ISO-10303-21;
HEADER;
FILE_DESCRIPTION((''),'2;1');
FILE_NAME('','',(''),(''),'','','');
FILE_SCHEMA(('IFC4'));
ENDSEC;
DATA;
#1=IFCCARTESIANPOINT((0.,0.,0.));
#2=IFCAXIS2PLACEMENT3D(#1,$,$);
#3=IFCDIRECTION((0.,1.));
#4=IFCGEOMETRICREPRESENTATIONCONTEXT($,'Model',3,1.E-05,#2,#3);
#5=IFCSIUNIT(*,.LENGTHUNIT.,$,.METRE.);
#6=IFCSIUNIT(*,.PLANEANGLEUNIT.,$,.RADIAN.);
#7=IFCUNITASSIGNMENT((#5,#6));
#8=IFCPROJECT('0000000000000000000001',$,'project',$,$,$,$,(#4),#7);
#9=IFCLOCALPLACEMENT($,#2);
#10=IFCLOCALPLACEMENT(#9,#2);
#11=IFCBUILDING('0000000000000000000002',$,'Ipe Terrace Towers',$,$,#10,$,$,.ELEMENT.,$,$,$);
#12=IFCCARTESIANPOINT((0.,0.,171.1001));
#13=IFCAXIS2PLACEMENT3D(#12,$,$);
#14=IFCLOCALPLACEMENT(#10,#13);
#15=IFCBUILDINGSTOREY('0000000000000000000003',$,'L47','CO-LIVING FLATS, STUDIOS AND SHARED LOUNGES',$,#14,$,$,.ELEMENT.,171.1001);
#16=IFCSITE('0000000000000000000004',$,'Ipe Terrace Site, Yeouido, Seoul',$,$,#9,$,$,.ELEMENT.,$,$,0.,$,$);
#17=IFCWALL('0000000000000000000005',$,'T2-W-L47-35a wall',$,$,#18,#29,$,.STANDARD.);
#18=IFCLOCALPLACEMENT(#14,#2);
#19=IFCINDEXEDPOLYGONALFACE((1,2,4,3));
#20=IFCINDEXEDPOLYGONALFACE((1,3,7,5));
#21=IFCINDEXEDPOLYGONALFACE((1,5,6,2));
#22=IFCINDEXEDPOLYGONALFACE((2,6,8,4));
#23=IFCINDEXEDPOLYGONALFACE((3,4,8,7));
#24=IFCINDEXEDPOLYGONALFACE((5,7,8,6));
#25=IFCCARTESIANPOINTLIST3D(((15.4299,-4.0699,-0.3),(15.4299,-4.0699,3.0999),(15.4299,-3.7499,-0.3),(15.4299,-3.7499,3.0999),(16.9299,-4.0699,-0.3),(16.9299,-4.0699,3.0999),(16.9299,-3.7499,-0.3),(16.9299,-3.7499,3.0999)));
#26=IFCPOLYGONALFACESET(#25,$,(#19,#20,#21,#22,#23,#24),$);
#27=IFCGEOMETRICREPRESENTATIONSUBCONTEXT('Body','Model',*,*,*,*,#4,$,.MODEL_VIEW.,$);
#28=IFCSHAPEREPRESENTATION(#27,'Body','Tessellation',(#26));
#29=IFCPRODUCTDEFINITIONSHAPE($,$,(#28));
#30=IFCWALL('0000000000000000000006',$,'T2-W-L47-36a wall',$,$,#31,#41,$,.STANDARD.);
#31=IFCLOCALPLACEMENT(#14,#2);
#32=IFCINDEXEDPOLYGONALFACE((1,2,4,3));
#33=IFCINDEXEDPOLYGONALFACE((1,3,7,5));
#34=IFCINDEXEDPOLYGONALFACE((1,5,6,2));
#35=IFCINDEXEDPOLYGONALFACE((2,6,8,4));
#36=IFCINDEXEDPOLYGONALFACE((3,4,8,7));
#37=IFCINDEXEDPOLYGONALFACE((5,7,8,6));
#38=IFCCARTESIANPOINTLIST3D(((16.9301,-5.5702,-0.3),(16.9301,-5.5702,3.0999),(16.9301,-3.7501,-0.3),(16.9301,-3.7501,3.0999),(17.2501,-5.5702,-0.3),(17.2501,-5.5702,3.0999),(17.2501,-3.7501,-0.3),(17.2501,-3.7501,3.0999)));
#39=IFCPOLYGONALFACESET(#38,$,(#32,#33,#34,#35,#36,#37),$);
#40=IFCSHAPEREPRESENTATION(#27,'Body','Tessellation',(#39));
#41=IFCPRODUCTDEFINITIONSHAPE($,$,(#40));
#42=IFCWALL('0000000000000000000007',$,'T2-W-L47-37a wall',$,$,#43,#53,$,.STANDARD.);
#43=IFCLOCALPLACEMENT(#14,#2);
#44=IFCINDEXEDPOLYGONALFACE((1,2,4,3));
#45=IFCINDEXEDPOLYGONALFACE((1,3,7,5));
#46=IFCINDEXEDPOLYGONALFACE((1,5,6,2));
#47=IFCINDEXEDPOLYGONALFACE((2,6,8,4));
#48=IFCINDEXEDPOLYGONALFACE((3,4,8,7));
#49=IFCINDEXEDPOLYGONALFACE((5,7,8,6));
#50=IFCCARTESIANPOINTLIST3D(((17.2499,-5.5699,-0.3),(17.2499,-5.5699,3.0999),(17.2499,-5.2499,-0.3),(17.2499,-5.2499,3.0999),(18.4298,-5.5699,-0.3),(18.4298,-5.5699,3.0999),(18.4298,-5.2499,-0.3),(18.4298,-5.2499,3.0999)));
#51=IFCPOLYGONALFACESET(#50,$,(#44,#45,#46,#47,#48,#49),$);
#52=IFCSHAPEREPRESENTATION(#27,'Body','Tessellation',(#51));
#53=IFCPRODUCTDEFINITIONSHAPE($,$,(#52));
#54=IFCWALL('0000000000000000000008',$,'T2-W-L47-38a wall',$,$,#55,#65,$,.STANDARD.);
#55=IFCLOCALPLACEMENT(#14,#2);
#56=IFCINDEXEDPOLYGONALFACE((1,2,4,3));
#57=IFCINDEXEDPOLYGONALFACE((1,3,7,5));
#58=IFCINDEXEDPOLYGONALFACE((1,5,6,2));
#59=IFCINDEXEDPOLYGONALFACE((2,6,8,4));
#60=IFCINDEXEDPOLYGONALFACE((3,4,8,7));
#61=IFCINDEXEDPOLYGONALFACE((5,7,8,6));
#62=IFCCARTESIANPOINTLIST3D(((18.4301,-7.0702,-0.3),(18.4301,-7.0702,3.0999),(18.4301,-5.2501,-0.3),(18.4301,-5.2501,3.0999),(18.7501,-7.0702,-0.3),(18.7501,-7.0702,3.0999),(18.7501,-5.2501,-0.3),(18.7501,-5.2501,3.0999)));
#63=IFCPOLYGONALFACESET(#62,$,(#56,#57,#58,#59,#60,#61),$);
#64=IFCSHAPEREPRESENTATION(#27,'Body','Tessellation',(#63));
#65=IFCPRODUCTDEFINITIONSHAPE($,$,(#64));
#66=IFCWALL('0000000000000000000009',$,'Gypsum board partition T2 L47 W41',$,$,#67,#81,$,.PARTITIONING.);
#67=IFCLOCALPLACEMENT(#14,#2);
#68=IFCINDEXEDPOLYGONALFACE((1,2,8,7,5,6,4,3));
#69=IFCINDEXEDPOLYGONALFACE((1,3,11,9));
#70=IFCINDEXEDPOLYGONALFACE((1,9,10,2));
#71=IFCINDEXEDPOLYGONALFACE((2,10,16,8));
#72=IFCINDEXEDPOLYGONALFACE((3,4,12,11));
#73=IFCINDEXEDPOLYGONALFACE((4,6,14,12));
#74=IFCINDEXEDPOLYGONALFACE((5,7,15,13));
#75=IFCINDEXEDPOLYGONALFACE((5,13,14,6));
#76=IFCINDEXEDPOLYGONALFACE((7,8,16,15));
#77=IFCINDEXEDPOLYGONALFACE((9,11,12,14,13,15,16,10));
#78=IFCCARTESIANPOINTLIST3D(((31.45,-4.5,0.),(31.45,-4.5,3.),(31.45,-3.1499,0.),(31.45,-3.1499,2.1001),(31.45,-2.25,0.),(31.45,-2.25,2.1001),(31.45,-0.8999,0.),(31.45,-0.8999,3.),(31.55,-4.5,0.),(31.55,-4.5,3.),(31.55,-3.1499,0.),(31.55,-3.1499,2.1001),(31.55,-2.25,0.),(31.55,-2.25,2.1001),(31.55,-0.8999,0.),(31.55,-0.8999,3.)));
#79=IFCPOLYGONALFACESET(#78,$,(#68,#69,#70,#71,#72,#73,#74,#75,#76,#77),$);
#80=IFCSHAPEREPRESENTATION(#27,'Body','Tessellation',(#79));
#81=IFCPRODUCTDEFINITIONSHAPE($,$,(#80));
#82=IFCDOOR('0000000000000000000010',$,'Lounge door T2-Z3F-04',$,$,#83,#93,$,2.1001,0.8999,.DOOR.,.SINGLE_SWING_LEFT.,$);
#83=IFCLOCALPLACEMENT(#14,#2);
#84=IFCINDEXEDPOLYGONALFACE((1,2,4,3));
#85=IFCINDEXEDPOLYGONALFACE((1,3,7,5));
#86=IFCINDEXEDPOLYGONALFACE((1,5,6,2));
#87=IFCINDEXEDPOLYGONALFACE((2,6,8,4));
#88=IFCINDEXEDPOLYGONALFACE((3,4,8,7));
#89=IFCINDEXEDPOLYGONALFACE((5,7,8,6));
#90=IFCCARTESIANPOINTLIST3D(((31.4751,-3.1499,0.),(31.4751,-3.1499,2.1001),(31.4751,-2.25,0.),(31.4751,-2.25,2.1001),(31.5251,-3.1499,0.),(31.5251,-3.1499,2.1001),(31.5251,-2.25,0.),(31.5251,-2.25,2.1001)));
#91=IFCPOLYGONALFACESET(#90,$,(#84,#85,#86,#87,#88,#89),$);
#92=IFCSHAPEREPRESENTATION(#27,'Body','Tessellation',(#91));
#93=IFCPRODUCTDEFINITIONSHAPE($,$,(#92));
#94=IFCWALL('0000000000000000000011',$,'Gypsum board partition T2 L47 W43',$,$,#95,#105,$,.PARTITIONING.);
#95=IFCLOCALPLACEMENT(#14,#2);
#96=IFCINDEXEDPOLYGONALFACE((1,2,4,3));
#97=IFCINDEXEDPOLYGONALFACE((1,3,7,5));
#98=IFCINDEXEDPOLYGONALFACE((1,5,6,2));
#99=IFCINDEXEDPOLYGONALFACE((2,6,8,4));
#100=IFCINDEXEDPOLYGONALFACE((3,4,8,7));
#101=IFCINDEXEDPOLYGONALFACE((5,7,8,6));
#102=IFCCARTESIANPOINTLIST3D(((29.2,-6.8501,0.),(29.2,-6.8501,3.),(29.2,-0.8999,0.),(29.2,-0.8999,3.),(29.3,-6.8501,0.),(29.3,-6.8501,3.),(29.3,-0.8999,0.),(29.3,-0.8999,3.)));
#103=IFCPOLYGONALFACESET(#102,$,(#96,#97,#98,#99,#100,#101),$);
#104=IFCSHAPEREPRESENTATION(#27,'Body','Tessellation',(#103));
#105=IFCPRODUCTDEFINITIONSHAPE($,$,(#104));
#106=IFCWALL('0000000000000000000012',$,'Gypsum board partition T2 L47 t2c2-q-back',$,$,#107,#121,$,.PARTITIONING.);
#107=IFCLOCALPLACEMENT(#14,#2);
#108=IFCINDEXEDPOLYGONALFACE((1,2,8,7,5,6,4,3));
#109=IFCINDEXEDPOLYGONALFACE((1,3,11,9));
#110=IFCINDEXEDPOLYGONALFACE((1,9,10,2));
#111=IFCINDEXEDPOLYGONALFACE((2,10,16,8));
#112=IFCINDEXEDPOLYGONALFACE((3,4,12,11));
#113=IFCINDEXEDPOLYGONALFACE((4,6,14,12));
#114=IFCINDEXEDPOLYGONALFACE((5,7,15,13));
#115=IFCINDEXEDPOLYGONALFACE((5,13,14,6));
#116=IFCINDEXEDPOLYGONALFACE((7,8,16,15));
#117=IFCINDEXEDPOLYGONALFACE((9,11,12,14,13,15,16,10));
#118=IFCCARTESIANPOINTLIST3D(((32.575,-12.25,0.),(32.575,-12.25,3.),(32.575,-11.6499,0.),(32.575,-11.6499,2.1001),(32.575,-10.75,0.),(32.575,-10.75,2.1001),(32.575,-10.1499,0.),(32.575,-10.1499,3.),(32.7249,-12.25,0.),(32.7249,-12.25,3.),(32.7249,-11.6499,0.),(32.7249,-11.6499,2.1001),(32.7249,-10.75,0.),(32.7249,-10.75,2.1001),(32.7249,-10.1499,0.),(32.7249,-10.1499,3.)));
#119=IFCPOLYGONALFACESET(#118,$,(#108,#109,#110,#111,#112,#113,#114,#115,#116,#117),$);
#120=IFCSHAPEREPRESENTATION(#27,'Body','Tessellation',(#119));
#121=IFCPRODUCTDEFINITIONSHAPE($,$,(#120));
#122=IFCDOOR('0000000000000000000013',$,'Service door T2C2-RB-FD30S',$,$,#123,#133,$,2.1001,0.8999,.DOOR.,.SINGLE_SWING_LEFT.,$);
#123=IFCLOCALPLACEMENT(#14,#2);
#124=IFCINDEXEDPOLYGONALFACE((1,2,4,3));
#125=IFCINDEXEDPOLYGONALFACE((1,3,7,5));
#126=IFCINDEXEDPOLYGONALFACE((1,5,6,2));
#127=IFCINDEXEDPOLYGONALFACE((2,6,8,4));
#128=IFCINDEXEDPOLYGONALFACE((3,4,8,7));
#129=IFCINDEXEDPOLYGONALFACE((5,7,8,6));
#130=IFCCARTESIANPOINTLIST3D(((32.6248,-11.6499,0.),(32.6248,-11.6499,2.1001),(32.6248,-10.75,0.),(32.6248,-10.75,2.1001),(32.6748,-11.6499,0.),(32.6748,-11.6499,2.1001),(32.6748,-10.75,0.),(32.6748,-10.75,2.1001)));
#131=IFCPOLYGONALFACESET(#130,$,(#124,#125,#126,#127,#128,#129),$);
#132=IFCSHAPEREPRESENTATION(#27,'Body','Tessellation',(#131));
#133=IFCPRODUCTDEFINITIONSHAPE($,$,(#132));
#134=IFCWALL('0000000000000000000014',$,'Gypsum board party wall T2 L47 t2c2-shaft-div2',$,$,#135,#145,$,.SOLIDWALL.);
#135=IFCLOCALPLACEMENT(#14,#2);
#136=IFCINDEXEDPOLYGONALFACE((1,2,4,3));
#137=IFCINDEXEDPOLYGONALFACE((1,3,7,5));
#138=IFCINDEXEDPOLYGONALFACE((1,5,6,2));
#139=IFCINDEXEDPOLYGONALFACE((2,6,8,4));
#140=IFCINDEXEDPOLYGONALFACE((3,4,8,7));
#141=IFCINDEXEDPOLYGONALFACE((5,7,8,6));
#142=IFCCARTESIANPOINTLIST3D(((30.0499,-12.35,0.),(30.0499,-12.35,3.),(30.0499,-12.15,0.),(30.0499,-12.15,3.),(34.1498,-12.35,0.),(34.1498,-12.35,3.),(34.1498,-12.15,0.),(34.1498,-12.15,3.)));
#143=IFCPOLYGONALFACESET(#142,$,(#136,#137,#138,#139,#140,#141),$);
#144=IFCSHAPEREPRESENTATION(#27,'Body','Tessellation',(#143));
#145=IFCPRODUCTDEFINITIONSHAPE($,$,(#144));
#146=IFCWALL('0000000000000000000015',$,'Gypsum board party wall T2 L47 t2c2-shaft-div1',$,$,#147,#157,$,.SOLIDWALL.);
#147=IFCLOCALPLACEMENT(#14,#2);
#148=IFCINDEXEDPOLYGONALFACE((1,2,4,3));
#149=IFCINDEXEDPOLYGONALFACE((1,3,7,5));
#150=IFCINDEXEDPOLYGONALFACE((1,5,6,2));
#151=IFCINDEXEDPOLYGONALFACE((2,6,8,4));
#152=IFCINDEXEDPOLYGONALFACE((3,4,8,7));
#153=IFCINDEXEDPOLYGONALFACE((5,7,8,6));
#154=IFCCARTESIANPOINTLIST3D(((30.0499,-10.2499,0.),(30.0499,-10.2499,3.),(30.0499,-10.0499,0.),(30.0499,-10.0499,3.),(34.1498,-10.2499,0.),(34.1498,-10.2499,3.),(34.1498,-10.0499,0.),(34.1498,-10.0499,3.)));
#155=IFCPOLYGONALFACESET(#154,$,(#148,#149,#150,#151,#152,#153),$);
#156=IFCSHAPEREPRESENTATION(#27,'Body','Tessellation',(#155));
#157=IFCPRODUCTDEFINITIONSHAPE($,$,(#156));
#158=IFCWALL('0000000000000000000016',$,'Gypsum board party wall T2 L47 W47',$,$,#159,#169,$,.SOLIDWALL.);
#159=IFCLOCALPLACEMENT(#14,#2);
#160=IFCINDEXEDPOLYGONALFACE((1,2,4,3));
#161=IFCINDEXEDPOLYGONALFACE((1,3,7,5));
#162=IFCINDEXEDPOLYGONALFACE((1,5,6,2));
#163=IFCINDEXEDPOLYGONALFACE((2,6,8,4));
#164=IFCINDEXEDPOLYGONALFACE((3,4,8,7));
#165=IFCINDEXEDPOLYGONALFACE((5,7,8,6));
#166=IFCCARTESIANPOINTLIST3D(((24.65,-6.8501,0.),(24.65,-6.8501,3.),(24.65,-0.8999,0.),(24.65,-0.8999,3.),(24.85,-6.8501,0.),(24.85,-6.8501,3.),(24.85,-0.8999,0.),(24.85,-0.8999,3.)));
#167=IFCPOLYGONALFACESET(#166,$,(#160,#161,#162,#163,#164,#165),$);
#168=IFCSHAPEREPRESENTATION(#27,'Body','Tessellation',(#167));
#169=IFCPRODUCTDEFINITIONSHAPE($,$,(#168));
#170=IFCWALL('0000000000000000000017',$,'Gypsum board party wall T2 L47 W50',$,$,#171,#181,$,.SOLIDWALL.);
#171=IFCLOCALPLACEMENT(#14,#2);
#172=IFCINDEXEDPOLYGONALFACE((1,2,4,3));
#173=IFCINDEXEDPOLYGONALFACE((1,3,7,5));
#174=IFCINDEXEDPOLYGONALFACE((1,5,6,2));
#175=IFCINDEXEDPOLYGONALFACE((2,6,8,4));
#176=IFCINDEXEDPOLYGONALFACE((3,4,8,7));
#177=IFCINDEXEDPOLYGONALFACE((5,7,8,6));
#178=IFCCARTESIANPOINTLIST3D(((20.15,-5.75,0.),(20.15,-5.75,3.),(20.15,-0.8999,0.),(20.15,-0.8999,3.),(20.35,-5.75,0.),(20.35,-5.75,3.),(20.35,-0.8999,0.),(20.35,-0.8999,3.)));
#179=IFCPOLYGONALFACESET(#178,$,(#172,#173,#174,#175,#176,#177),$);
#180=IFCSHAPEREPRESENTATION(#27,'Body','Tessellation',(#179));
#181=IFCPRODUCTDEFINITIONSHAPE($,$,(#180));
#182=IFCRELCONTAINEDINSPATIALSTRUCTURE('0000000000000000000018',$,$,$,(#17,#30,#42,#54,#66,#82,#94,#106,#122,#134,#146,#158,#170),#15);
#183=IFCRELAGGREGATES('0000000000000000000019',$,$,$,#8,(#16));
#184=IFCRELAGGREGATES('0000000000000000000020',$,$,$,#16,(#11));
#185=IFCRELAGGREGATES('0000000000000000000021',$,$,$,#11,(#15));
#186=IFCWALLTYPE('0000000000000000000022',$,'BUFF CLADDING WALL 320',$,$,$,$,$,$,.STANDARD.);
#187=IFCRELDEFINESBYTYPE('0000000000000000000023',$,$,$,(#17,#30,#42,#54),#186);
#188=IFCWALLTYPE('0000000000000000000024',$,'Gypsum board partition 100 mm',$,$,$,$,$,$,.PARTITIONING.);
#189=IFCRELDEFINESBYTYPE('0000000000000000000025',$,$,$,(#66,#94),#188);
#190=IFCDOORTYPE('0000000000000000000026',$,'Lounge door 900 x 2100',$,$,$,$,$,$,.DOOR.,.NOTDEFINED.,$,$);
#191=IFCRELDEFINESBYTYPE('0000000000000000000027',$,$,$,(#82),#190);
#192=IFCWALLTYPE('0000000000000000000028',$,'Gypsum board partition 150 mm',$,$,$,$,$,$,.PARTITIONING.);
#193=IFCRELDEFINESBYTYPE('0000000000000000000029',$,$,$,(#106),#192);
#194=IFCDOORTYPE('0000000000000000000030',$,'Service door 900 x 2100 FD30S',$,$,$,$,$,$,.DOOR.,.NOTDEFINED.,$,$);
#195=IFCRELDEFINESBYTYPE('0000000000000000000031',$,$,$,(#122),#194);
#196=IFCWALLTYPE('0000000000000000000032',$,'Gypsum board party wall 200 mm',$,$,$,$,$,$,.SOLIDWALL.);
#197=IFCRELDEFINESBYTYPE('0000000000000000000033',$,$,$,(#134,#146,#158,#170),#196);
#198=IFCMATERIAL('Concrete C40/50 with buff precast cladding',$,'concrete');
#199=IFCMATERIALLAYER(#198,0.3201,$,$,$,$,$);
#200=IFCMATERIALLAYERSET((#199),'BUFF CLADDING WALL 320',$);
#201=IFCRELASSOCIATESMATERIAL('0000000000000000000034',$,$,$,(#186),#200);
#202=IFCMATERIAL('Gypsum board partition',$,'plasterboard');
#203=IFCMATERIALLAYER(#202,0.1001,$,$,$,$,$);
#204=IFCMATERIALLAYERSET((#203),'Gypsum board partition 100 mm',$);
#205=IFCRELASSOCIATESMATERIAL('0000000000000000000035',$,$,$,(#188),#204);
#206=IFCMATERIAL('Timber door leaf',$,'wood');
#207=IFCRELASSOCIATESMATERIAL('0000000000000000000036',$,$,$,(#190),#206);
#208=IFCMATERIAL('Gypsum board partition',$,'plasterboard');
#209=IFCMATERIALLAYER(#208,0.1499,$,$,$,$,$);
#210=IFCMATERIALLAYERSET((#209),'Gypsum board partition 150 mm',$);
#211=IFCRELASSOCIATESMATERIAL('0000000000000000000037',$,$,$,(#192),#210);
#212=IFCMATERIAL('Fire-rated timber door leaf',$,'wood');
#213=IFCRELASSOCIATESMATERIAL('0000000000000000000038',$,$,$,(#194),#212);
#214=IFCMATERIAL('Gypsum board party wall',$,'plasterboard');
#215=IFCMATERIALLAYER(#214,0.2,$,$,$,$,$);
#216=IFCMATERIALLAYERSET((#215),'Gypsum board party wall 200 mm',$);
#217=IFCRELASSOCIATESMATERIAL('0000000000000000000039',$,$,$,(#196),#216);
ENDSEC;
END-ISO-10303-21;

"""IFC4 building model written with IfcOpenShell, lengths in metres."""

from ifc_helpers import new_model, si_unit, direction, frame, frame_2d, origin, place, context, subcontext, project, spatial, rectangle, extrude, material, layer, layer_set, type_object, element, fill, save


model = new_model("IFC4")

# Units and contexts
model_context = context("Model", 3, precision=1e-05, world=origin(), true_north=direction((0.0, 1.0)))
body_context = subcontext(model_context, "Body", "Model", "MODEL_VIEW")
ifc_project = project(units=[si_unit("LENGTHUNIT", "METRE"), si_unit("PLANEANGLEUNIT", "RADIAN")], contexts=[model_context])

# Site, building, storey
site_placement = place(None, origin())
site = spatial("IfcSite", under=ifc_project, at=site_placement, Name="Ipe Terrace Site, Yeouido, Seoul", CompositionType="ELEMENT", RefElevation=0.0)
building_placement = place(site_placement, origin())
building = spatial("IfcBuilding", under=site, at=building_placement, Name="Ipe Terrace Towers", CompositionType="ELEMENT")
storey_placement = place(building_placement, frame((0.0, 0.0, 171.1001)))
storey = spatial("IfcBuildingStorey", under=building, at=storey_placement, Name="L47", Description="CO-LIVING FLATS, STUDIOS AND SHARED LOUNGES", CompositionType="ELEMENT", Elevation=171.1001)

# Walls
ifc_material_1 = material(Name="Concrete C40/50 with buff precast cladding", Category="concrete")
ifc_layer_1 = layer(ifc_material_1, 0.3201)
ifc_layer_set_1 = layer_set([ifc_layer_1], Name="BUFF CLADDING WALL 320")
wall_type_1 = type_object("IfcWallType", Name="BUFF CLADDING WALL 320", PredefinedType="STANDARD", material=ifc_layer_set_1)
wall_1_placement = place(storey_placement, frame((15.4299, -3.9099, -0.3), z_axis=(0.0, 0.0, 1.0), x_axis=(1.0, 0.0, 0.0)))
element("IfcWall", 1, at=wall_1_placement, inside=storey, type_object=wall_type_1, Name="T2-W-L47-35a wall", PredefinedType="STANDARD", context=body_context, shape_type="SweptSolid", body=[
    extrude(rectangle(XDim=1.5, YDim=0.3201, at=frame_2d((0.75, 0.0))), origin(), (0.0, 0.0, 1.0), 3.3999),
])
wall_2_placement = place(storey_placement, frame((17.0901, -3.75, -0.3), z_axis=(0.0, 0.0, 1.0), x_axis=(0.0, -1.0, 0.0)))
element("IfcWall", 2, at=wall_2_placement, inside=storey, type_object=wall_type_1, Name="T2-W-L47-36a wall", PredefinedType="STANDARD", context=body_context, shape_type="SweptSolid", body=[
    extrude(rectangle(XDim=1.8201, YDim=0.3201, at=frame_2d((0.9102, 0.0))), origin(), (0.0, 0.0, 1.0), 3.3999),
])
wall_3_placement = place(storey_placement, frame((17.25, -5.4099, -0.3), z_axis=(0.0, 0.0, 1.0), x_axis=(1.0, 0.0, 0.0)))
element("IfcWall", 3, at=wall_3_placement, inside=storey, type_object=wall_type_1, Name="T2-W-L47-37a wall", PredefinedType="STANDARD", context=body_context, shape_type="SweptSolid", body=[
    extrude(rectangle(XDim=1.1799, YDim=0.3201, at=frame_2d((0.5898, 0.0))), origin(), (0.0, 0.0, 1.0), 3.3999),
])
wall_4_placement = place(storey_placement, frame((18.5901, -5.25, -0.3), z_axis=(0.0, 0.0, 1.0), x_axis=(0.0, -1.0, 0.0)))
element("IfcWall", 4, at=wall_4_placement, inside=storey, type_object=wall_type_1, Name="T2-W-L47-38a wall", PredefinedType="STANDARD", context=body_context, shape_type="SweptSolid", body=[
    extrude(rectangle(XDim=1.8201, YDim=0.3201, at=frame_2d((0.9102, 0.0))), origin(), (0.0, 0.0, 1.0), 3.3999),
])

# Wall, opening, door
ifc_material_2 = material(Name="Gypsum board partition", Category="plasterboard")
ifc_layer_2 = layer(ifc_material_2, 0.1001)
ifc_layer_set_2 = layer_set([ifc_layer_2], Name="Gypsum board partition 100 mm")
wall_type_2 = type_object("IfcWallType", Name="Gypsum board partition 100 mm", PredefinedType="PARTITIONING", material=ifc_layer_set_2)
wall_5_placement = place(storey_placement, frame((31.5, -4.5, 0.0), z_axis=(0.0, 0.0, 1.0), x_axis=(0.0, 1.0, 0.0)))
wall_5 = element("IfcWall", 5, at=wall_5_placement, inside=storey, type_object=wall_type_2, Name="Gypsum board partition T2 L47 W41", PredefinedType="PARTITIONING", context=body_context, shape_type="SweptSolid", body=[
    extrude(rectangle(XDim=3.6001, YDim=0.1001, at=frame_2d((1.8, 0.0))), origin(), (0.0, 0.0, 1.0), 3.0),
])
opening_1_placement = place(wall_5_placement, frame((1.3501, 0.0, 0.0)))
opening_1 = element("IfcOpeningElement", 6, at=opening_1_placement, cuts=wall_5, PredefinedType="OPENING", context=body_context, shape_type="SweptSolid", body=[
    extrude(rectangle(XDim=0.8999, YDim=2.1001, at=frame_2d((0.45, 1.05))), frame((0.0, 0.0601, 0.0), z_axis=(0.0, -1.0, 0.0), x_axis=(1.0, 0.0, 0.0)), (0.0, 0.0, 1.0), 0.1201),
])
ifc_material_3 = material(Name="Timber door leaf", Category="wood")
door_type_1 = type_object("IfcDoorType", Name="Lounge door 900 x 2100", OperationType="NOTDEFINED", PredefinedType="DOOR", material=ifc_material_3)
door_1_placement = place(opening_1_placement, origin())
door_1 = element("IfcDoor", 7, at=door_1_placement, inside=storey, type_object=door_type_1, Name="Lounge door T2-Z3F-04", OperationType="SINGLE_SWING_LEFT", OverallHeight=2.1001, OverallWidth=0.8999, PredefinedType="DOOR", context=body_context, shape_type="SweptSolid", body=[
    extrude(rectangle(XDim=0.8999, YDim=2.1001, at=frame_2d((0.45, 1.05))), frame((0.0, 0.0249, 0.0), z_axis=(0.0, -1.0, 0.0), x_axis=(1.0, 0.0, 0.0)), (0.0, 0.0, 1.0), 0.05),
])
fill(opening_1, door_1)

# Wall
wall_6_placement = place(storey_placement, frame((29.25, -6.8501, 0.0), z_axis=(0.0, 0.0, 1.0), x_axis=(0.0, 1.0, 0.0)))
element("IfcWall", 8, at=wall_6_placement, inside=storey, type_object=wall_type_2, Name="Gypsum board partition T2 L47 W43", PredefinedType="PARTITIONING", context=body_context, shape_type="SweptSolid", body=[
    extrude(rectangle(XDim=5.9502, YDim=0.1001, at=frame_2d((2.9751, 0.0))), origin(), (0.0, 0.0, 1.0), 3.0),
])

# Wall, opening, door
ifc_material_4 = material(Name="Gypsum board partition", Category="plasterboard")
ifc_layer_3 = layer(ifc_material_4, 0.1499)
ifc_layer_set_3 = layer_set([ifc_layer_3], Name="Gypsum board partition 150 mm")
wall_type_3 = type_object("IfcWallType", Name="Gypsum board partition 150 mm", PredefinedType="PARTITIONING", material=ifc_layer_set_3)
wall_7_placement = place(storey_placement, frame((32.6499, -10.1499, 0.0), z_axis=(0.0, 0.0, 1.0), x_axis=(0.0, -1.0, 0.0)))
wall_7 = element("IfcWall", 9, at=wall_7_placement, inside=storey, type_object=wall_type_3, Name="Gypsum board partition T2 L47 t2c2-q-back", PredefinedType="PARTITIONING", context=body_context, shape_type="SweptSolid", body=[
    extrude(rectangle(XDim=2.1001, YDim=0.1499, at=frame_2d((1.05, 0.0))), origin(), (0.0, 0.0, 1.0), 3.0),
])
opening_2_placement = place(wall_7_placement, frame((0.6001, 0.0, 0.0)))
opening_2 = element("IfcOpeningElement", 10, at=opening_2_placement, cuts=wall_7, PredefinedType="OPENING", context=body_context, shape_type="SweptSolid", body=[
    extrude(rectangle(XDim=0.8999, YDim=2.1001, at=frame_2d((0.45, 1.05))), frame((0.0, 0.085, 0.0), z_axis=(0.0, -1.0, 0.0), x_axis=(1.0, 0.0, 0.0)), (0.0, 0.0, 1.0), 0.1699),
])
ifc_material_5 = material(Name="Fire-rated timber door leaf", Category="wood")
door_type_2 = type_object("IfcDoorType", Name="Service door 900 x 2100 FD30S", OperationType="NOTDEFINED", PredefinedType="DOOR", material=ifc_material_5)
door_2_placement = place(opening_2_placement, origin())
door_2 = element("IfcDoor", 11, at=door_2_placement, inside=storey, type_object=door_type_2, Name="Service door T2C2-RB-FD30S", OperationType="SINGLE_SWING_LEFT", OverallHeight=2.1001, OverallWidth=0.8999, PredefinedType="DOOR", context=body_context, shape_type="SweptSolid", body=[
    extrude(rectangle(XDim=0.8999, YDim=2.1001, at=frame_2d((0.45, 1.05))), frame((0.0, 0.0249, 0.0), z_axis=(0.0, -1.0, 0.0), x_axis=(1.0, 0.0, 0.0)), (0.0, 0.0, 1.0), 0.05),
])
fill(opening_2, door_2)

# Walls
ifc_material_6 = material(Name="Gypsum board party wall", Category="plasterboard")
ifc_layer_4 = layer(ifc_material_6, 0.2)
ifc_layer_set_4 = layer_set([ifc_layer_4], Name="Gypsum board party wall 200 mm")
wall_type_4 = type_object("IfcWallType", Name="Gypsum board party wall 200 mm", PredefinedType="SOLIDWALL", material=ifc_layer_set_4)
for number, where, z_axis, x_axis, name in (
    (12, (30.05, -12.25, 0.0), (0.0, 0.0, 1.0), (1.0, 0.0, 0.0), "Gypsum board party wall T2 L47 t2c2-shaft-div2"),
    (13, (30.05, -10.1499, 0.0), (0.0, 0.0, 1.0), (1.0, 0.0, 0.0), "Gypsum board party wall T2 L47 t2c2-shaft-div1"),
):
    element("IfcWall", number, at=place(storey_placement, frame(where, z_axis=z_axis, x_axis=x_axis)), inside=storey, type_object=wall_type_4, Name=name, PredefinedType="SOLIDWALL", context=body_context, shape_type="SweptSolid", body=[
        extrude(rectangle(XDim=4.0999, YDim=0.2, at=frame_2d((2.0498, 0.0))), origin(), (0.0, 0.0, 1.0), 3.0),
    ])
wall_8_placement = place(storey_placement, frame((24.75, -6.8501, 0.0), z_axis=(0.0, 0.0, 1.0), x_axis=(0.0, 1.0, 0.0)))
element("IfcWall", 14, at=wall_8_placement, inside=storey, type_object=wall_type_4, Name="Gypsum board party wall T2 L47 W47", PredefinedType="SOLIDWALL", context=body_context, shape_type="SweptSolid", body=[
    extrude(rectangle(XDim=5.9502, YDim=0.2, at=frame_2d((2.9751, 0.0))), origin(), (0.0, 0.0, 1.0), 3.0),
])
wall_9_placement = place(storey_placement, frame((20.25, -5.75, 0.0), z_axis=(0.0, 0.0, 1.0), x_axis=(0.0, 1.0, 0.0)))
element("IfcWall", 15, at=wall_9_placement, inside=storey, type_object=wall_type_4, Name="Gypsum board party wall T2 L47 W50", PredefinedType="SOLIDWALL", context=body_context, shape_type="SweptSolid", body=[
    extrude(rectangle(XDim=4.8501, YDim=0.2, at=frame_2d((2.425, 0.0))), origin(), (0.0, 0.0, 1.0), 3.0),
])

save(model, "model.ifc")
